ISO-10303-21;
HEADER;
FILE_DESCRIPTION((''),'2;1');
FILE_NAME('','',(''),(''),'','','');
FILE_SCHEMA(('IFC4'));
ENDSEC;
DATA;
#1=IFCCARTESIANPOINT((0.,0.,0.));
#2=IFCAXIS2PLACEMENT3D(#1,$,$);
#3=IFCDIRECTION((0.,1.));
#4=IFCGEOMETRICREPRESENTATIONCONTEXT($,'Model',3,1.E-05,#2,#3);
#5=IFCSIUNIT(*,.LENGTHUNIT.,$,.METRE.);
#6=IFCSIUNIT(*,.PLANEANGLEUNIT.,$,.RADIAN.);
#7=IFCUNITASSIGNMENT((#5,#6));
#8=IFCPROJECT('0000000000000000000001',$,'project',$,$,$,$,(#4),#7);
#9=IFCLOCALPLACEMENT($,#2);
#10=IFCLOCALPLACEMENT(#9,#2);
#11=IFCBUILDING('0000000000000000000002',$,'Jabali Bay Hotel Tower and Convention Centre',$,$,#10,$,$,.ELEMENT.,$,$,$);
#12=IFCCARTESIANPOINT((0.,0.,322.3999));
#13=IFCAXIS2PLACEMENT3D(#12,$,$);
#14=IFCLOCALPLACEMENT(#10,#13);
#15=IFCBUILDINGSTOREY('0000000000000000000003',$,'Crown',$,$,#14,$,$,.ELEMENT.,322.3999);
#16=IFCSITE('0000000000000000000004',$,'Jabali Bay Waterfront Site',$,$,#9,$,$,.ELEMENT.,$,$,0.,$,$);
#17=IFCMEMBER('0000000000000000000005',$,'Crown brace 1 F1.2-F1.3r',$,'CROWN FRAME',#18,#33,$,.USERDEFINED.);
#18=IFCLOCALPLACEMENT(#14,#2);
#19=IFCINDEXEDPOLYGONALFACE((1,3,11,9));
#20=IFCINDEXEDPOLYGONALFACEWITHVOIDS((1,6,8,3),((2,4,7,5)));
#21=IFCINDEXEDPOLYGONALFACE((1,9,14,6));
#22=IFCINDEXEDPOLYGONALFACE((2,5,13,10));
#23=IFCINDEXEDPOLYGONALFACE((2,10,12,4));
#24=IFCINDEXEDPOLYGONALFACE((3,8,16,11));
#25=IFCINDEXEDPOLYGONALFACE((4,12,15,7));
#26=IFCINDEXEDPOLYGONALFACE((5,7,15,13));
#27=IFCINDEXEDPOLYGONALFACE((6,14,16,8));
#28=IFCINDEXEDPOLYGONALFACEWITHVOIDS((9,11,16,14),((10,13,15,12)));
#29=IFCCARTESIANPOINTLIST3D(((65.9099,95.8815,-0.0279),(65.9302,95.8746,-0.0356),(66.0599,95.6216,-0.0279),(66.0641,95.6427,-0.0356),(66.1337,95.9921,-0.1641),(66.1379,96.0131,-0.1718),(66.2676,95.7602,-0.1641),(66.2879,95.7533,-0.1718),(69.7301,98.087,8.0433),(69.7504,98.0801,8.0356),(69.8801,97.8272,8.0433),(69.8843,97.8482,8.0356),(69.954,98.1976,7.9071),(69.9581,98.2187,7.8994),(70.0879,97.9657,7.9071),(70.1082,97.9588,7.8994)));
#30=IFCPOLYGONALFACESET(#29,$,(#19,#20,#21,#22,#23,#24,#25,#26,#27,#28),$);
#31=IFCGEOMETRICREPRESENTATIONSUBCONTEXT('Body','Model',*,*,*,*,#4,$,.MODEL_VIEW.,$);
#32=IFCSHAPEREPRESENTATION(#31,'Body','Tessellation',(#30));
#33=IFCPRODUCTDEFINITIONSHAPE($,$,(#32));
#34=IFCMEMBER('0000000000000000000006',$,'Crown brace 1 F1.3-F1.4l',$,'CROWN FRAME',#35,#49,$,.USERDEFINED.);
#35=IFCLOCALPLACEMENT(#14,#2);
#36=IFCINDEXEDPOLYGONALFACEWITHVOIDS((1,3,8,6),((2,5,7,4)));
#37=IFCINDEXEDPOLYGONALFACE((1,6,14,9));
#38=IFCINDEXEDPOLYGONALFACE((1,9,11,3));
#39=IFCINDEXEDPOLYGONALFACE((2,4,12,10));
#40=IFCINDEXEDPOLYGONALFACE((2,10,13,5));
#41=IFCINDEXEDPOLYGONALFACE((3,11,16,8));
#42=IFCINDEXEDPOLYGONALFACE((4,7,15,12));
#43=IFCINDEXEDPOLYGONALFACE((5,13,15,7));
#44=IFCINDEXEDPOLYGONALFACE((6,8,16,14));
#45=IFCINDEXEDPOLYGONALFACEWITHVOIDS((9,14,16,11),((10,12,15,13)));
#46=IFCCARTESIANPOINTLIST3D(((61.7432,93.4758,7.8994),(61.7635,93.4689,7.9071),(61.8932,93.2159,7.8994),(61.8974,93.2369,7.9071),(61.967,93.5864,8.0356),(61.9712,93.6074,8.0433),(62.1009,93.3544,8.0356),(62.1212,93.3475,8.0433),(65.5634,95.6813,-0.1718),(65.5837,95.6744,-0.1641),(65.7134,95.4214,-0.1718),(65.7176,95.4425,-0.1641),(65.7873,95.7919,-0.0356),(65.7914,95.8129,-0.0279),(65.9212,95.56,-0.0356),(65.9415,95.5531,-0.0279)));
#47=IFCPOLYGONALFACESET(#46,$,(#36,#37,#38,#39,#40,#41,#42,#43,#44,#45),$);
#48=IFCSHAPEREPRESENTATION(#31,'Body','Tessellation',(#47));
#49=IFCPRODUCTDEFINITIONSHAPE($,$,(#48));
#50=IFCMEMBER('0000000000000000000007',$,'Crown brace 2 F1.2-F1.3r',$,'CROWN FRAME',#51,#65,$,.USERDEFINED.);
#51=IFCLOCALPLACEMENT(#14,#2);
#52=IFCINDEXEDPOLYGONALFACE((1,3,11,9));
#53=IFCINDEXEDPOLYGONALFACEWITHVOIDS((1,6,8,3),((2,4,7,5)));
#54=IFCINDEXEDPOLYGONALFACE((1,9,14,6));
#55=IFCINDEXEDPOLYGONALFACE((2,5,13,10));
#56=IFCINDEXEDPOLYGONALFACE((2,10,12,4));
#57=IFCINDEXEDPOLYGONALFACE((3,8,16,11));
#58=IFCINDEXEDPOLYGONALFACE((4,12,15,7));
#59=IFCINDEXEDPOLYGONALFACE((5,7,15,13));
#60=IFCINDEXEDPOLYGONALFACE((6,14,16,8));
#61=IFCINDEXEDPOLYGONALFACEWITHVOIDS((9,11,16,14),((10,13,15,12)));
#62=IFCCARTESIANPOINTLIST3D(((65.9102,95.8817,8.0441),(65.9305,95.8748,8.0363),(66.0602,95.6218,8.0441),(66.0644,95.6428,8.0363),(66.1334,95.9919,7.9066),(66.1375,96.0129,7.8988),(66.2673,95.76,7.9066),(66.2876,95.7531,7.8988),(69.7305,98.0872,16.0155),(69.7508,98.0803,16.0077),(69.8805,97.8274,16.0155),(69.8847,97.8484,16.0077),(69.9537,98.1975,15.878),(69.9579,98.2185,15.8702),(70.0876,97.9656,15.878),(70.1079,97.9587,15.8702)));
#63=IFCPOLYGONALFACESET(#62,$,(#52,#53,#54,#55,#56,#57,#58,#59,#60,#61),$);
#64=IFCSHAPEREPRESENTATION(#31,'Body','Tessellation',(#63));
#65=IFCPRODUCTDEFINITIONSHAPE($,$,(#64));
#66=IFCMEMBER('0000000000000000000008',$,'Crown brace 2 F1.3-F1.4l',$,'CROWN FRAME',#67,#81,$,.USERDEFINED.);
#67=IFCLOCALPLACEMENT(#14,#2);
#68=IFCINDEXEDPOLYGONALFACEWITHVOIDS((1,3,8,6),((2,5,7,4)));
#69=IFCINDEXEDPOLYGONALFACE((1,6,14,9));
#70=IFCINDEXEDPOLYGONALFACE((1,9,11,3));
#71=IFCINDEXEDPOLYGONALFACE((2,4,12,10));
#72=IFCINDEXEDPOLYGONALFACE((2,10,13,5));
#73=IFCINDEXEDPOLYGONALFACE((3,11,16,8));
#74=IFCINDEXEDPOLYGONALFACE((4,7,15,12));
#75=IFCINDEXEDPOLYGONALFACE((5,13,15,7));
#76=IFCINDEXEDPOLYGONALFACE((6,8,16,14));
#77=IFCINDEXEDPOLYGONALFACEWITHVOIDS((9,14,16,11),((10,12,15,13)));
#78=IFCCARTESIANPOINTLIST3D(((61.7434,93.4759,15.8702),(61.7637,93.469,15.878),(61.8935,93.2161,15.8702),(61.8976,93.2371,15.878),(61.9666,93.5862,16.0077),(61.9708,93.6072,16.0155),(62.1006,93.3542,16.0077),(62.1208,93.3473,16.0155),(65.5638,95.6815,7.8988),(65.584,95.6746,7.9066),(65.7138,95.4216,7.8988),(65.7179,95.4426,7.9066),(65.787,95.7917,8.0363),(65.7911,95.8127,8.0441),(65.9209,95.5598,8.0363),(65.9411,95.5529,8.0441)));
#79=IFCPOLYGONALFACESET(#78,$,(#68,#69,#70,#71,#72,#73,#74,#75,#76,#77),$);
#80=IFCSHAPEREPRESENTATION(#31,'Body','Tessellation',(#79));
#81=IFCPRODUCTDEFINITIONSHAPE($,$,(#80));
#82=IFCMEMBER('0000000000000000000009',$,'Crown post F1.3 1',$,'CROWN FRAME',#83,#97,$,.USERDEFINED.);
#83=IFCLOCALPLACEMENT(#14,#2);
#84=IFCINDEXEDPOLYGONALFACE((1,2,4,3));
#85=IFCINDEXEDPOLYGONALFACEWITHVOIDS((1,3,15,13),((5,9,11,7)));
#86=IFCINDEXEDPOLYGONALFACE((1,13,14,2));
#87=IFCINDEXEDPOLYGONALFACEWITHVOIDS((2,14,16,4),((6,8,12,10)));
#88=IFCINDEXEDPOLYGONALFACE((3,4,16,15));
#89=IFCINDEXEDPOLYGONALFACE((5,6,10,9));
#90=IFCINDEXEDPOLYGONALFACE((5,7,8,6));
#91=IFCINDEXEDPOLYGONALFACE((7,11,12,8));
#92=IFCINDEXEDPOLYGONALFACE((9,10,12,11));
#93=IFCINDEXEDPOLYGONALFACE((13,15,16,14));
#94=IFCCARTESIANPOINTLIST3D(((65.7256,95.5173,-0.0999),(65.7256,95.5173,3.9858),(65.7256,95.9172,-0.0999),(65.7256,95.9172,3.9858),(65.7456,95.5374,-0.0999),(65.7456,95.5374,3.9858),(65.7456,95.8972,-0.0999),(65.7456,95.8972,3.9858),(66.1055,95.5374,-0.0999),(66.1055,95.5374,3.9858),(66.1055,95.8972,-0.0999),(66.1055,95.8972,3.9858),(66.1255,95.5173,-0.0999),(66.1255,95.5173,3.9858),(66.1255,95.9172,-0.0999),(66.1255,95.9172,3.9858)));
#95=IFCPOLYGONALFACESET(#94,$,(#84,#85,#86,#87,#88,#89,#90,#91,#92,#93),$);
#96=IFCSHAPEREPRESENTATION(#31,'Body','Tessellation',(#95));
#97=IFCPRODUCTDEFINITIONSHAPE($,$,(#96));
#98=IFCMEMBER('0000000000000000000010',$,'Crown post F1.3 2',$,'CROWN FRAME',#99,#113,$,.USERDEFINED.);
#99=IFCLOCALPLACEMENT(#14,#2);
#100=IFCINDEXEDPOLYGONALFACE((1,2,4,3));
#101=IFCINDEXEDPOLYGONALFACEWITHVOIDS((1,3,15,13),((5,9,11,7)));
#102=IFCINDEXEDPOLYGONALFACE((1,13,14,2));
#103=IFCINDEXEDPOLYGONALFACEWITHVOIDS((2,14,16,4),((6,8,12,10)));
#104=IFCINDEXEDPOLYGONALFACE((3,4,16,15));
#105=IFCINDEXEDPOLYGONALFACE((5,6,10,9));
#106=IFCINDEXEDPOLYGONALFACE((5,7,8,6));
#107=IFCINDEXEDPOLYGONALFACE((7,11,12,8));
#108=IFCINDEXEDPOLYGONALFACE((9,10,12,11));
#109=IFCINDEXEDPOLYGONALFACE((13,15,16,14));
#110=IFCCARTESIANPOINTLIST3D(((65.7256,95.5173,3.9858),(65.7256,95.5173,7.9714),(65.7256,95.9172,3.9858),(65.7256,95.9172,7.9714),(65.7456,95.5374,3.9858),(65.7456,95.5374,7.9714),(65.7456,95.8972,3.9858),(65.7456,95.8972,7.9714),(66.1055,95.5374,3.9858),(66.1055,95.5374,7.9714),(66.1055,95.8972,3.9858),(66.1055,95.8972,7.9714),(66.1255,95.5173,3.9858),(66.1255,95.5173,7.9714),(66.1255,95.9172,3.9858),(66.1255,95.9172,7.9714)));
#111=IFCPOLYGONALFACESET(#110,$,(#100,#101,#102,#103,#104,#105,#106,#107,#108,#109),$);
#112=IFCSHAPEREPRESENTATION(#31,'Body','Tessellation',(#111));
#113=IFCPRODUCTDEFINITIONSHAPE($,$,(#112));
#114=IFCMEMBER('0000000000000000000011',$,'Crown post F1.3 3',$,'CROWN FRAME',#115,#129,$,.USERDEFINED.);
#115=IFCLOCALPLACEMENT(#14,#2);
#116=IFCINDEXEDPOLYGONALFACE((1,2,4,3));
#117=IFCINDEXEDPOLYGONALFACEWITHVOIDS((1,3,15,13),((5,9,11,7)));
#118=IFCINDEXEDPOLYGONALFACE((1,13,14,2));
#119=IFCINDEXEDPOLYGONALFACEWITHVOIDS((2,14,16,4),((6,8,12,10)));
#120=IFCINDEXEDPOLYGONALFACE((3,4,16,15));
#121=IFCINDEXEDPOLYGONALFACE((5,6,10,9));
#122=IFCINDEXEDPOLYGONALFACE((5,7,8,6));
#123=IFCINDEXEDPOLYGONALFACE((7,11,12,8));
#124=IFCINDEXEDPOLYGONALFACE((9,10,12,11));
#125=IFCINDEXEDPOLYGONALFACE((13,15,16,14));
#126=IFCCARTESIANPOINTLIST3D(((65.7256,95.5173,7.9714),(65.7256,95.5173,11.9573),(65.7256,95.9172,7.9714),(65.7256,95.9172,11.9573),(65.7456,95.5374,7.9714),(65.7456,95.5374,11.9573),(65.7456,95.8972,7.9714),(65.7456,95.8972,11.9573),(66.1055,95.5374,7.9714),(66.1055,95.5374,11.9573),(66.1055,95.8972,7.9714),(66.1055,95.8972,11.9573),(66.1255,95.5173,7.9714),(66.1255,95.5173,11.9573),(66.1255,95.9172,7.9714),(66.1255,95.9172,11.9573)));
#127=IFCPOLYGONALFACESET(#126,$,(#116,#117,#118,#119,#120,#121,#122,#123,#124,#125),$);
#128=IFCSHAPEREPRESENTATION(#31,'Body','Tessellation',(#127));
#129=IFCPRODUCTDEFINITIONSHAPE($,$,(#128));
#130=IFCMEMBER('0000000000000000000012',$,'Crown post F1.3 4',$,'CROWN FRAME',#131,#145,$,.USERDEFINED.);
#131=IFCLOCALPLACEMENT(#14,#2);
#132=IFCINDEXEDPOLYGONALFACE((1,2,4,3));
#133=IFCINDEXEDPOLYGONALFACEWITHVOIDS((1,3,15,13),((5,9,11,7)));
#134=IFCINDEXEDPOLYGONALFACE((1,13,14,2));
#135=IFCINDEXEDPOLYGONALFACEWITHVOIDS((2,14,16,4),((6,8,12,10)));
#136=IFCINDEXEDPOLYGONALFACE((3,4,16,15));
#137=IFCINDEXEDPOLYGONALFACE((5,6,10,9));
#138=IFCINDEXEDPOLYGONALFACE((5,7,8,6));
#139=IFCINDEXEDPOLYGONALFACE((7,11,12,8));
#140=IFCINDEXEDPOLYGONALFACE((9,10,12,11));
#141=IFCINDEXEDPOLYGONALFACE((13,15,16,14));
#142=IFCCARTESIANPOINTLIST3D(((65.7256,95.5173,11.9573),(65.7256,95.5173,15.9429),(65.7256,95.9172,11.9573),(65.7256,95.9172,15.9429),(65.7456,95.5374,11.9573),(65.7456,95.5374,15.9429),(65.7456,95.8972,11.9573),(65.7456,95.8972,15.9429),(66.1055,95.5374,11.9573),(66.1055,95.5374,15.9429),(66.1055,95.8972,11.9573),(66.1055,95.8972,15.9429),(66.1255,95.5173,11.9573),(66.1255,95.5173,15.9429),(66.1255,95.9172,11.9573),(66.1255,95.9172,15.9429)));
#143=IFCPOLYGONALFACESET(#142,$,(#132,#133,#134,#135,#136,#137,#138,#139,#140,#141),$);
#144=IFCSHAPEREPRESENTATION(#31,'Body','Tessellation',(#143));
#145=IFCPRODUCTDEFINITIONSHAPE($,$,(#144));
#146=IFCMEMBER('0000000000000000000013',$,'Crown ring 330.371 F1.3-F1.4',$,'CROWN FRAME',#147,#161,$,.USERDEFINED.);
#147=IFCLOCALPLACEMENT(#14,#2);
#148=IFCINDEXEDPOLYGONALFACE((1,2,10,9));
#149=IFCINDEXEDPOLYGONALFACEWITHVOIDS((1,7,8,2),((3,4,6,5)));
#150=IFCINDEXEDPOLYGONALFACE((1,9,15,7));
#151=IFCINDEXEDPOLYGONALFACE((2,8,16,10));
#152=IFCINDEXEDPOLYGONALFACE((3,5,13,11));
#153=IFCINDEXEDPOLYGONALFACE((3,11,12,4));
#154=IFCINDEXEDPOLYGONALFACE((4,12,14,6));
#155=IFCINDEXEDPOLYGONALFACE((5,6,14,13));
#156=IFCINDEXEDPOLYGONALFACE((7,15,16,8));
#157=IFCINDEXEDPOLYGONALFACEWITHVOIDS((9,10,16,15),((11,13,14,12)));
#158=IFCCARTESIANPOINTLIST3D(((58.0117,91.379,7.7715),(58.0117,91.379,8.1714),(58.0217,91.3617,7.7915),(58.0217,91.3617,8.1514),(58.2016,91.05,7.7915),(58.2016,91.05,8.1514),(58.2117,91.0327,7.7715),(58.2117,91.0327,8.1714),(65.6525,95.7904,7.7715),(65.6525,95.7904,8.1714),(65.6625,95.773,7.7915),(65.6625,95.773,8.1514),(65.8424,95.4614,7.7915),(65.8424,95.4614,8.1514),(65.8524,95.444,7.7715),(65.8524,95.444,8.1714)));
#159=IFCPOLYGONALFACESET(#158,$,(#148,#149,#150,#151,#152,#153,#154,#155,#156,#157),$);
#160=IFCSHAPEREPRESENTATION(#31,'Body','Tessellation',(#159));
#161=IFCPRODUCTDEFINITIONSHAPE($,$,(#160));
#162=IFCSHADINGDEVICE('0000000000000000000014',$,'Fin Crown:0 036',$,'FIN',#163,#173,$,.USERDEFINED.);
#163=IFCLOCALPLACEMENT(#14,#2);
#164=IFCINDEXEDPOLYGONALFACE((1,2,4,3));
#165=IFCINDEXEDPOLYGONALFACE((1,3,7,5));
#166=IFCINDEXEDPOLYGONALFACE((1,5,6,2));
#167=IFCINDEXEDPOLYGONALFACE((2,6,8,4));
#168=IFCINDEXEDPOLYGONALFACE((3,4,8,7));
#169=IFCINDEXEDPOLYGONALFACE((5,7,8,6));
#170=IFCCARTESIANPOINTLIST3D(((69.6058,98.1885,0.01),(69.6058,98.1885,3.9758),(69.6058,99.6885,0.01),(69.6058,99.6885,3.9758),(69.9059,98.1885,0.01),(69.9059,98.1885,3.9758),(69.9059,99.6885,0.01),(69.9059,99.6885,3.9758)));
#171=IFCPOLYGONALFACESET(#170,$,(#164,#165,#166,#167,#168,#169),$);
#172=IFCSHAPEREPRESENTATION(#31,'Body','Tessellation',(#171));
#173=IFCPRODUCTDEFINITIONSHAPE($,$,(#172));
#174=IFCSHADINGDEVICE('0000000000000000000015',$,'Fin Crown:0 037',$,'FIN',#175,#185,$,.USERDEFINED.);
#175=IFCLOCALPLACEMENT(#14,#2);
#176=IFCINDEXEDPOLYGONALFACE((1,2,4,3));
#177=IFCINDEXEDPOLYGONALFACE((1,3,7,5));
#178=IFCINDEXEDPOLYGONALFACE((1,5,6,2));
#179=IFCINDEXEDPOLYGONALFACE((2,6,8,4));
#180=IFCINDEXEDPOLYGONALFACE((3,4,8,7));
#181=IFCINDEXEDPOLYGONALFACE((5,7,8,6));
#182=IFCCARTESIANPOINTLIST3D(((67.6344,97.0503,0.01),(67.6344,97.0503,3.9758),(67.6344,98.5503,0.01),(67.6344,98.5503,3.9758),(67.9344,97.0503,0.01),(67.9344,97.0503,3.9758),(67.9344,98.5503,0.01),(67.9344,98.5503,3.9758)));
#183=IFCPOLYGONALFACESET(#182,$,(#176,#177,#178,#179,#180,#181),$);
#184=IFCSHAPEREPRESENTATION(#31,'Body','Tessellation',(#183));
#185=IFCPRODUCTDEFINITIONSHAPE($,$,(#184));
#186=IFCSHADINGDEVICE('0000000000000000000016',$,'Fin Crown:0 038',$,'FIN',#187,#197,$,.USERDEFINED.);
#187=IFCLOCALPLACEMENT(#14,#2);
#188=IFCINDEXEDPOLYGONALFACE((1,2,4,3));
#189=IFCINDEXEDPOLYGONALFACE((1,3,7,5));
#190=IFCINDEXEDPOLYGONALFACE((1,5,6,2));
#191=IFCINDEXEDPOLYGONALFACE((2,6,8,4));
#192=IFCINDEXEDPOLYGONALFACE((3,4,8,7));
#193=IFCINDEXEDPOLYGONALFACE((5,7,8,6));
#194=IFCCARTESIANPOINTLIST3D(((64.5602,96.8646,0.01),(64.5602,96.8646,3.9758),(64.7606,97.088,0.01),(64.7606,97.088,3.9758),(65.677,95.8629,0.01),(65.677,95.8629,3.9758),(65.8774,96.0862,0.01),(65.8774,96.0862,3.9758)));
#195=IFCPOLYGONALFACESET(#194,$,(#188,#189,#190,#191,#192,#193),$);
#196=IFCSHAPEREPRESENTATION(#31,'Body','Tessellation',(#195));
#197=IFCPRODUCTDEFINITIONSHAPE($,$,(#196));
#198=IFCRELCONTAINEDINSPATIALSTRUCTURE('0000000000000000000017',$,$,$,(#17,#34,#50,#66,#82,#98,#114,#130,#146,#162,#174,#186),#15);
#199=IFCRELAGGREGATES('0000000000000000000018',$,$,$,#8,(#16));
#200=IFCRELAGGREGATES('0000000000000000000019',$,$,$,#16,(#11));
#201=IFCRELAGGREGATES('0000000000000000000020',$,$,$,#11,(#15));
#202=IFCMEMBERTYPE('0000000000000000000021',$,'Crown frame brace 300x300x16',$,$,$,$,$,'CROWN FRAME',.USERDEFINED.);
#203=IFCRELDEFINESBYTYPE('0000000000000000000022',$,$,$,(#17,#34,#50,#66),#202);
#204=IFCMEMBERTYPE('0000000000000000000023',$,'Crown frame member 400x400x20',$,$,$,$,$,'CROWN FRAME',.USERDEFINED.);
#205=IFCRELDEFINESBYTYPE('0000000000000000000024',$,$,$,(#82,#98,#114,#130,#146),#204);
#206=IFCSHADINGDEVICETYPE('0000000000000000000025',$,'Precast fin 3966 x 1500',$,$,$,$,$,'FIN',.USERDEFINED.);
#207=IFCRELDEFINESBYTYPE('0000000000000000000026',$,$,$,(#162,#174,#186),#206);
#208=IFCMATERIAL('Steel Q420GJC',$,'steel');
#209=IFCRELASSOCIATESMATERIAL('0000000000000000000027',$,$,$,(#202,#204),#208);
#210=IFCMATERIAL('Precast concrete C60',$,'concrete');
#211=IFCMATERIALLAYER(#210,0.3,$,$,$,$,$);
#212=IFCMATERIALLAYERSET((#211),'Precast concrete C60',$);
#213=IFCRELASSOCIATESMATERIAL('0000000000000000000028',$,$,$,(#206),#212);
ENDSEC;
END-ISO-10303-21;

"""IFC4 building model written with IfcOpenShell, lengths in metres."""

from ifc_helpers import new_model, si_unit, direction, frame, frame_2d, origin, origin_2d, place, context, subcontext, project, spatial, rectangle, hollow_rectangle, extrude, material, layer, layer_set, material_profile, profile_set, type_object, element, save


model = new_model("IFC4")

# Units and contexts
model_context = context("Model", 3, precision=1e-05, world=origin(), true_north=direction((0.0, 1.0)))
body_context = subcontext(model_context, "Body", "Model", "MODEL_VIEW")
ifc_project = project(units=[si_unit("LENGTHUNIT", "METRE"), si_unit("PLANEANGLEUNIT", "RADIAN")], contexts=[model_context])

# Site, building, storey
site_placement = place(None, origin())
site = spatial("IfcSite", under=ifc_project, at=site_placement, Name="Jabali Bay Waterfront Site", CompositionType="ELEMENT", RefElevation=0.0)
building_placement = place(site_placement, origin())
building = spatial("IfcBuilding", under=site, at=building_placement, Name="Jabali Bay Hotel Tower and Convention Centre", CompositionType="ELEMENT")
storey_placement = place(building_placement, frame((0.0, 0.0, 322.3999)))
storey = spatial("IfcBuildingStorey", under=building, at=storey_placement, Name="Crown", CompositionType="ELEMENT", Elevation=322.3999)

# Members
ifc_material_1 = material(Name="Steel Q420GJC", Category="steel")
ifc_material_profile_1 = material_profile(ifc_material_1, hollow_rectangle(XDim=0.3, YDim=0.3, WallThickness=0.0161, at=origin_2d()), Name="Crown frame brace 300x300x16")
ifc_profile_set_1 = profile_set([ifc_material_profile_1], Name="Steel Q420GJC")
member_type_1 = type_object("IfcMemberType", Name="Crown frame brace 300x300x16", ElementType="CROWN FRAME", PredefinedType="USERDEFINED", material=ifc_profile_set_1)
for number, where, z_axis, x_axis, name in (
    (1, (66.0989, 95.8174, -0.0999), (0.415337, 0.239785, 0.877495), (-0.499984, 0.866034, 0.0), "Crown brace 1 F1.2-F1.3r"),
    (2, (65.7524, 95.6172, -0.0999), (-0.415337, -0.239785, 0.877495), (0.499984, -0.866034, 0.0), "Crown brace 1 F1.3-F1.4l"),
):
    element("IfcMember", number, at=place(storey_placement, frame(where, z_axis=z_axis, x_axis=x_axis)), inside=storey, type_object=member_type_1, Name=name, ObjectType="CROWN FRAME", PredefinedType="USERDEFINED", context=body_context, shape_type="SweptSolid", body=[
        extrude(hollow_rectangle(XDim=0.3, YDim=0.3, WallThickness=0.0161, at=origin_2d()), origin(), (0.0, 0.0, 1.0), 9.198),
    ])
for number, where, z_axis, x_axis, name in (
    (3, (66.0989, 95.8174, 7.9714), (0.419326, 0.242088, 0.874962), (-0.499984, 0.866034, 0.0), "Crown brace 2 F1.2-F1.3r"),
    (4, (65.7524, 95.6172, 7.9714), (-0.419326, -0.242088, 0.874962), (0.499984, -0.866034, 0.0), "Crown brace 2 F1.3-F1.4l"),
):
    element("IfcMember", number, at=place(storey_placement, frame(where, z_axis=z_axis, x_axis=x_axis)), inside=storey, type_object=member_type_1, Name=name, ObjectType="CROWN FRAME", PredefinedType="USERDEFINED", context=body_context, shape_type="SweptSolid", body=[
        extrude(hollow_rectangle(XDim=0.3, YDim=0.3, WallThickness=0.0161, at=origin_2d()), origin(), (0.0, 0.0, 1.0), 9.1106),
    ])
ifc_material_profile_2 = material_profile(ifc_material_1, hollow_rectangle(XDim=0.3999, YDim=0.3999, WallThickness=0.02, at=origin_2d()), Name="Crown frame member 400x400x20")
ifc_profile_set_2 = profile_set([ifc_material_profile_2], Name="Steel Q420GJC")
member_type_2 = type_object("IfcMemberType", Name="Crown frame member 400x400x20", ElementType="CROWN FRAME", PredefinedType="USERDEFINED", material=ifc_profile_set_2)
member_1_placement = place(storey_placement, frame((65.9255, 95.7173, -0.0999), z_axis=(0.0, 0.0, 1.0), x_axis=(1.0, 0.0, 0.0)))
element("IfcMember", 5, at=member_1_placement, inside=storey, type_object=member_type_2, Name="Crown post F1.3 1", ObjectType="CROWN FRAME", PredefinedType="USERDEFINED", context=body_context, shape_type="SweptSolid", body=[
    extrude(hollow_rectangle(XDim=0.3999, YDim=0.3999, WallThickness=0.02, at=origin_2d()), origin(), (0.0, 0.0, 1.0), 4.0857),
])
member_2_placement = place(storey_placement, frame((65.9255, 95.7173, 3.9858), z_axis=(0.0, 0.0, 1.0), x_axis=(1.0, 0.0, 0.0)))
element("IfcMember", 6, at=member_2_placement, inside=storey, type_object=member_type_2, Name="Crown post F1.3 2", ObjectType="CROWN FRAME", PredefinedType="USERDEFINED", context=body_context, shape_type="SweptSolid", body=[
    extrude(hollow_rectangle(XDim=0.3999, YDim=0.3999, WallThickness=0.02, at=origin_2d()), origin(), (0.0, 0.0, 1.0), 3.9856),
])
member_3_placement = place(storey_placement, frame((65.9255, 95.7173, 7.9714), z_axis=(0.0, 0.0, 1.0), x_axis=(1.0, 0.0, 0.0)))
element("IfcMember", 7, at=member_3_placement, inside=storey, type_object=member_type_2, Name="Crown post F1.3 3", ObjectType="CROWN FRAME", PredefinedType="USERDEFINED", context=body_context, shape_type="SweptSolid", body=[
    extrude(hollow_rectangle(XDim=0.3999, YDim=0.3999, WallThickness=0.02, at=origin_2d()), origin(), (0.0, 0.0, 1.0), 3.9858),
])
member_4_placement = place(storey_placement, frame((65.9255, 95.7173, 11.9573), z_axis=(0.0, 0.0, 1.0), x_axis=(1.0, 0.0, 0.0)))
element("IfcMember", 8, at=member_4_placement, inside=storey, type_object=member_type_2, Name="Crown post F1.3 4", ObjectType="CROWN FRAME", PredefinedType="USERDEFINED", context=body_context, shape_type="SweptSolid", body=[
    extrude(hollow_rectangle(XDim=0.3999, YDim=0.3999, WallThickness=0.02, at=origin_2d()), origin(), (0.0, 0.0, 1.0), 3.9856),
])
member_5_placement = place(storey_placement, frame((65.7524, 95.6172, 7.9714), z_axis=(-0.866029, -0.499993, 0.0), x_axis=(0.499993, -0.866029, 0.0)))
element("IfcMember", 9, at=member_5_placement, inside=storey, type_object=member_type_2, Name="Crown ring 330.371 F1.3-F1.4", ObjectType="CROWN FRAME", PredefinedType="USERDEFINED", context=body_context, shape_type="SweptSolid", body=[
    extrude(hollow_rectangle(XDim=0.3999, YDim=0.3999, WallThickness=0.02, at=origin_2d()), origin(), (0.0, 0.0, 1.0), 8.8228),
])

# Shading devices
ifc_material_2 = material(Name="Precast concrete C60", Category="concrete")
ifc_layer = layer(ifc_material_2, 0.3)
ifc_layer_set = layer_set([ifc_layer], Name="Precast concrete C60")
shading_device_type = type_object("IfcShadingDeviceType", Name="Precast fin 3966 x 1500", ElementType="FIN", PredefinedType="USERDEFINED", material=ifc_layer_set)
for number, where, z_axis, x_axis, name in (
    (10, (69.7559, 98.1885, 0.01), (0.0, 0.0, 1.0), (0.0, 1.0, 0.0), "Fin Crown:0 036"),
    (11, (67.7844, 97.0503, 0.01), (0.0, 0.0, 1.0), (0.0, 1.0, 0.0), "Fin Crown:0 037"),
):
    element("IfcShadingDevice", number, at=place(storey_placement, frame(where, z_axis=z_axis, x_axis=x_axis)), inside=storey, type_object=shading_device_type, Name=name, ObjectType="FIN", PredefinedType="USERDEFINED", context=body_context, shape_type="SweptSolid", body=[
        extrude(rectangle(XDim=1.5, YDim=0.3, at=frame_2d((0.75, 0.0))), origin(), (0.0, 0.0, 1.0), 3.9658),
    ])
shading_device_1_placement = place(storey_placement, frame((65.7771, 95.9746, 0.01), z_axis=(0.0, 0.0, 1.0), x_axis=(-0.744394, 0.667741, 0.0)))
element("IfcShadingDevice", 12, at=shading_device_1_placement, inside=storey, type_object=shading_device_type, Name="Fin Crown:0 038", ObjectType="FIN", PredefinedType="USERDEFINED", context=body_context, shape_type="SweptSolid", body=[
    extrude(rectangle(XDim=1.5002, YDim=0.3, at=frame_2d((0.75, 0.0))), origin(), (0.0, 0.0, 1.0), 3.9658),
])

save(model, "model.ifc")
